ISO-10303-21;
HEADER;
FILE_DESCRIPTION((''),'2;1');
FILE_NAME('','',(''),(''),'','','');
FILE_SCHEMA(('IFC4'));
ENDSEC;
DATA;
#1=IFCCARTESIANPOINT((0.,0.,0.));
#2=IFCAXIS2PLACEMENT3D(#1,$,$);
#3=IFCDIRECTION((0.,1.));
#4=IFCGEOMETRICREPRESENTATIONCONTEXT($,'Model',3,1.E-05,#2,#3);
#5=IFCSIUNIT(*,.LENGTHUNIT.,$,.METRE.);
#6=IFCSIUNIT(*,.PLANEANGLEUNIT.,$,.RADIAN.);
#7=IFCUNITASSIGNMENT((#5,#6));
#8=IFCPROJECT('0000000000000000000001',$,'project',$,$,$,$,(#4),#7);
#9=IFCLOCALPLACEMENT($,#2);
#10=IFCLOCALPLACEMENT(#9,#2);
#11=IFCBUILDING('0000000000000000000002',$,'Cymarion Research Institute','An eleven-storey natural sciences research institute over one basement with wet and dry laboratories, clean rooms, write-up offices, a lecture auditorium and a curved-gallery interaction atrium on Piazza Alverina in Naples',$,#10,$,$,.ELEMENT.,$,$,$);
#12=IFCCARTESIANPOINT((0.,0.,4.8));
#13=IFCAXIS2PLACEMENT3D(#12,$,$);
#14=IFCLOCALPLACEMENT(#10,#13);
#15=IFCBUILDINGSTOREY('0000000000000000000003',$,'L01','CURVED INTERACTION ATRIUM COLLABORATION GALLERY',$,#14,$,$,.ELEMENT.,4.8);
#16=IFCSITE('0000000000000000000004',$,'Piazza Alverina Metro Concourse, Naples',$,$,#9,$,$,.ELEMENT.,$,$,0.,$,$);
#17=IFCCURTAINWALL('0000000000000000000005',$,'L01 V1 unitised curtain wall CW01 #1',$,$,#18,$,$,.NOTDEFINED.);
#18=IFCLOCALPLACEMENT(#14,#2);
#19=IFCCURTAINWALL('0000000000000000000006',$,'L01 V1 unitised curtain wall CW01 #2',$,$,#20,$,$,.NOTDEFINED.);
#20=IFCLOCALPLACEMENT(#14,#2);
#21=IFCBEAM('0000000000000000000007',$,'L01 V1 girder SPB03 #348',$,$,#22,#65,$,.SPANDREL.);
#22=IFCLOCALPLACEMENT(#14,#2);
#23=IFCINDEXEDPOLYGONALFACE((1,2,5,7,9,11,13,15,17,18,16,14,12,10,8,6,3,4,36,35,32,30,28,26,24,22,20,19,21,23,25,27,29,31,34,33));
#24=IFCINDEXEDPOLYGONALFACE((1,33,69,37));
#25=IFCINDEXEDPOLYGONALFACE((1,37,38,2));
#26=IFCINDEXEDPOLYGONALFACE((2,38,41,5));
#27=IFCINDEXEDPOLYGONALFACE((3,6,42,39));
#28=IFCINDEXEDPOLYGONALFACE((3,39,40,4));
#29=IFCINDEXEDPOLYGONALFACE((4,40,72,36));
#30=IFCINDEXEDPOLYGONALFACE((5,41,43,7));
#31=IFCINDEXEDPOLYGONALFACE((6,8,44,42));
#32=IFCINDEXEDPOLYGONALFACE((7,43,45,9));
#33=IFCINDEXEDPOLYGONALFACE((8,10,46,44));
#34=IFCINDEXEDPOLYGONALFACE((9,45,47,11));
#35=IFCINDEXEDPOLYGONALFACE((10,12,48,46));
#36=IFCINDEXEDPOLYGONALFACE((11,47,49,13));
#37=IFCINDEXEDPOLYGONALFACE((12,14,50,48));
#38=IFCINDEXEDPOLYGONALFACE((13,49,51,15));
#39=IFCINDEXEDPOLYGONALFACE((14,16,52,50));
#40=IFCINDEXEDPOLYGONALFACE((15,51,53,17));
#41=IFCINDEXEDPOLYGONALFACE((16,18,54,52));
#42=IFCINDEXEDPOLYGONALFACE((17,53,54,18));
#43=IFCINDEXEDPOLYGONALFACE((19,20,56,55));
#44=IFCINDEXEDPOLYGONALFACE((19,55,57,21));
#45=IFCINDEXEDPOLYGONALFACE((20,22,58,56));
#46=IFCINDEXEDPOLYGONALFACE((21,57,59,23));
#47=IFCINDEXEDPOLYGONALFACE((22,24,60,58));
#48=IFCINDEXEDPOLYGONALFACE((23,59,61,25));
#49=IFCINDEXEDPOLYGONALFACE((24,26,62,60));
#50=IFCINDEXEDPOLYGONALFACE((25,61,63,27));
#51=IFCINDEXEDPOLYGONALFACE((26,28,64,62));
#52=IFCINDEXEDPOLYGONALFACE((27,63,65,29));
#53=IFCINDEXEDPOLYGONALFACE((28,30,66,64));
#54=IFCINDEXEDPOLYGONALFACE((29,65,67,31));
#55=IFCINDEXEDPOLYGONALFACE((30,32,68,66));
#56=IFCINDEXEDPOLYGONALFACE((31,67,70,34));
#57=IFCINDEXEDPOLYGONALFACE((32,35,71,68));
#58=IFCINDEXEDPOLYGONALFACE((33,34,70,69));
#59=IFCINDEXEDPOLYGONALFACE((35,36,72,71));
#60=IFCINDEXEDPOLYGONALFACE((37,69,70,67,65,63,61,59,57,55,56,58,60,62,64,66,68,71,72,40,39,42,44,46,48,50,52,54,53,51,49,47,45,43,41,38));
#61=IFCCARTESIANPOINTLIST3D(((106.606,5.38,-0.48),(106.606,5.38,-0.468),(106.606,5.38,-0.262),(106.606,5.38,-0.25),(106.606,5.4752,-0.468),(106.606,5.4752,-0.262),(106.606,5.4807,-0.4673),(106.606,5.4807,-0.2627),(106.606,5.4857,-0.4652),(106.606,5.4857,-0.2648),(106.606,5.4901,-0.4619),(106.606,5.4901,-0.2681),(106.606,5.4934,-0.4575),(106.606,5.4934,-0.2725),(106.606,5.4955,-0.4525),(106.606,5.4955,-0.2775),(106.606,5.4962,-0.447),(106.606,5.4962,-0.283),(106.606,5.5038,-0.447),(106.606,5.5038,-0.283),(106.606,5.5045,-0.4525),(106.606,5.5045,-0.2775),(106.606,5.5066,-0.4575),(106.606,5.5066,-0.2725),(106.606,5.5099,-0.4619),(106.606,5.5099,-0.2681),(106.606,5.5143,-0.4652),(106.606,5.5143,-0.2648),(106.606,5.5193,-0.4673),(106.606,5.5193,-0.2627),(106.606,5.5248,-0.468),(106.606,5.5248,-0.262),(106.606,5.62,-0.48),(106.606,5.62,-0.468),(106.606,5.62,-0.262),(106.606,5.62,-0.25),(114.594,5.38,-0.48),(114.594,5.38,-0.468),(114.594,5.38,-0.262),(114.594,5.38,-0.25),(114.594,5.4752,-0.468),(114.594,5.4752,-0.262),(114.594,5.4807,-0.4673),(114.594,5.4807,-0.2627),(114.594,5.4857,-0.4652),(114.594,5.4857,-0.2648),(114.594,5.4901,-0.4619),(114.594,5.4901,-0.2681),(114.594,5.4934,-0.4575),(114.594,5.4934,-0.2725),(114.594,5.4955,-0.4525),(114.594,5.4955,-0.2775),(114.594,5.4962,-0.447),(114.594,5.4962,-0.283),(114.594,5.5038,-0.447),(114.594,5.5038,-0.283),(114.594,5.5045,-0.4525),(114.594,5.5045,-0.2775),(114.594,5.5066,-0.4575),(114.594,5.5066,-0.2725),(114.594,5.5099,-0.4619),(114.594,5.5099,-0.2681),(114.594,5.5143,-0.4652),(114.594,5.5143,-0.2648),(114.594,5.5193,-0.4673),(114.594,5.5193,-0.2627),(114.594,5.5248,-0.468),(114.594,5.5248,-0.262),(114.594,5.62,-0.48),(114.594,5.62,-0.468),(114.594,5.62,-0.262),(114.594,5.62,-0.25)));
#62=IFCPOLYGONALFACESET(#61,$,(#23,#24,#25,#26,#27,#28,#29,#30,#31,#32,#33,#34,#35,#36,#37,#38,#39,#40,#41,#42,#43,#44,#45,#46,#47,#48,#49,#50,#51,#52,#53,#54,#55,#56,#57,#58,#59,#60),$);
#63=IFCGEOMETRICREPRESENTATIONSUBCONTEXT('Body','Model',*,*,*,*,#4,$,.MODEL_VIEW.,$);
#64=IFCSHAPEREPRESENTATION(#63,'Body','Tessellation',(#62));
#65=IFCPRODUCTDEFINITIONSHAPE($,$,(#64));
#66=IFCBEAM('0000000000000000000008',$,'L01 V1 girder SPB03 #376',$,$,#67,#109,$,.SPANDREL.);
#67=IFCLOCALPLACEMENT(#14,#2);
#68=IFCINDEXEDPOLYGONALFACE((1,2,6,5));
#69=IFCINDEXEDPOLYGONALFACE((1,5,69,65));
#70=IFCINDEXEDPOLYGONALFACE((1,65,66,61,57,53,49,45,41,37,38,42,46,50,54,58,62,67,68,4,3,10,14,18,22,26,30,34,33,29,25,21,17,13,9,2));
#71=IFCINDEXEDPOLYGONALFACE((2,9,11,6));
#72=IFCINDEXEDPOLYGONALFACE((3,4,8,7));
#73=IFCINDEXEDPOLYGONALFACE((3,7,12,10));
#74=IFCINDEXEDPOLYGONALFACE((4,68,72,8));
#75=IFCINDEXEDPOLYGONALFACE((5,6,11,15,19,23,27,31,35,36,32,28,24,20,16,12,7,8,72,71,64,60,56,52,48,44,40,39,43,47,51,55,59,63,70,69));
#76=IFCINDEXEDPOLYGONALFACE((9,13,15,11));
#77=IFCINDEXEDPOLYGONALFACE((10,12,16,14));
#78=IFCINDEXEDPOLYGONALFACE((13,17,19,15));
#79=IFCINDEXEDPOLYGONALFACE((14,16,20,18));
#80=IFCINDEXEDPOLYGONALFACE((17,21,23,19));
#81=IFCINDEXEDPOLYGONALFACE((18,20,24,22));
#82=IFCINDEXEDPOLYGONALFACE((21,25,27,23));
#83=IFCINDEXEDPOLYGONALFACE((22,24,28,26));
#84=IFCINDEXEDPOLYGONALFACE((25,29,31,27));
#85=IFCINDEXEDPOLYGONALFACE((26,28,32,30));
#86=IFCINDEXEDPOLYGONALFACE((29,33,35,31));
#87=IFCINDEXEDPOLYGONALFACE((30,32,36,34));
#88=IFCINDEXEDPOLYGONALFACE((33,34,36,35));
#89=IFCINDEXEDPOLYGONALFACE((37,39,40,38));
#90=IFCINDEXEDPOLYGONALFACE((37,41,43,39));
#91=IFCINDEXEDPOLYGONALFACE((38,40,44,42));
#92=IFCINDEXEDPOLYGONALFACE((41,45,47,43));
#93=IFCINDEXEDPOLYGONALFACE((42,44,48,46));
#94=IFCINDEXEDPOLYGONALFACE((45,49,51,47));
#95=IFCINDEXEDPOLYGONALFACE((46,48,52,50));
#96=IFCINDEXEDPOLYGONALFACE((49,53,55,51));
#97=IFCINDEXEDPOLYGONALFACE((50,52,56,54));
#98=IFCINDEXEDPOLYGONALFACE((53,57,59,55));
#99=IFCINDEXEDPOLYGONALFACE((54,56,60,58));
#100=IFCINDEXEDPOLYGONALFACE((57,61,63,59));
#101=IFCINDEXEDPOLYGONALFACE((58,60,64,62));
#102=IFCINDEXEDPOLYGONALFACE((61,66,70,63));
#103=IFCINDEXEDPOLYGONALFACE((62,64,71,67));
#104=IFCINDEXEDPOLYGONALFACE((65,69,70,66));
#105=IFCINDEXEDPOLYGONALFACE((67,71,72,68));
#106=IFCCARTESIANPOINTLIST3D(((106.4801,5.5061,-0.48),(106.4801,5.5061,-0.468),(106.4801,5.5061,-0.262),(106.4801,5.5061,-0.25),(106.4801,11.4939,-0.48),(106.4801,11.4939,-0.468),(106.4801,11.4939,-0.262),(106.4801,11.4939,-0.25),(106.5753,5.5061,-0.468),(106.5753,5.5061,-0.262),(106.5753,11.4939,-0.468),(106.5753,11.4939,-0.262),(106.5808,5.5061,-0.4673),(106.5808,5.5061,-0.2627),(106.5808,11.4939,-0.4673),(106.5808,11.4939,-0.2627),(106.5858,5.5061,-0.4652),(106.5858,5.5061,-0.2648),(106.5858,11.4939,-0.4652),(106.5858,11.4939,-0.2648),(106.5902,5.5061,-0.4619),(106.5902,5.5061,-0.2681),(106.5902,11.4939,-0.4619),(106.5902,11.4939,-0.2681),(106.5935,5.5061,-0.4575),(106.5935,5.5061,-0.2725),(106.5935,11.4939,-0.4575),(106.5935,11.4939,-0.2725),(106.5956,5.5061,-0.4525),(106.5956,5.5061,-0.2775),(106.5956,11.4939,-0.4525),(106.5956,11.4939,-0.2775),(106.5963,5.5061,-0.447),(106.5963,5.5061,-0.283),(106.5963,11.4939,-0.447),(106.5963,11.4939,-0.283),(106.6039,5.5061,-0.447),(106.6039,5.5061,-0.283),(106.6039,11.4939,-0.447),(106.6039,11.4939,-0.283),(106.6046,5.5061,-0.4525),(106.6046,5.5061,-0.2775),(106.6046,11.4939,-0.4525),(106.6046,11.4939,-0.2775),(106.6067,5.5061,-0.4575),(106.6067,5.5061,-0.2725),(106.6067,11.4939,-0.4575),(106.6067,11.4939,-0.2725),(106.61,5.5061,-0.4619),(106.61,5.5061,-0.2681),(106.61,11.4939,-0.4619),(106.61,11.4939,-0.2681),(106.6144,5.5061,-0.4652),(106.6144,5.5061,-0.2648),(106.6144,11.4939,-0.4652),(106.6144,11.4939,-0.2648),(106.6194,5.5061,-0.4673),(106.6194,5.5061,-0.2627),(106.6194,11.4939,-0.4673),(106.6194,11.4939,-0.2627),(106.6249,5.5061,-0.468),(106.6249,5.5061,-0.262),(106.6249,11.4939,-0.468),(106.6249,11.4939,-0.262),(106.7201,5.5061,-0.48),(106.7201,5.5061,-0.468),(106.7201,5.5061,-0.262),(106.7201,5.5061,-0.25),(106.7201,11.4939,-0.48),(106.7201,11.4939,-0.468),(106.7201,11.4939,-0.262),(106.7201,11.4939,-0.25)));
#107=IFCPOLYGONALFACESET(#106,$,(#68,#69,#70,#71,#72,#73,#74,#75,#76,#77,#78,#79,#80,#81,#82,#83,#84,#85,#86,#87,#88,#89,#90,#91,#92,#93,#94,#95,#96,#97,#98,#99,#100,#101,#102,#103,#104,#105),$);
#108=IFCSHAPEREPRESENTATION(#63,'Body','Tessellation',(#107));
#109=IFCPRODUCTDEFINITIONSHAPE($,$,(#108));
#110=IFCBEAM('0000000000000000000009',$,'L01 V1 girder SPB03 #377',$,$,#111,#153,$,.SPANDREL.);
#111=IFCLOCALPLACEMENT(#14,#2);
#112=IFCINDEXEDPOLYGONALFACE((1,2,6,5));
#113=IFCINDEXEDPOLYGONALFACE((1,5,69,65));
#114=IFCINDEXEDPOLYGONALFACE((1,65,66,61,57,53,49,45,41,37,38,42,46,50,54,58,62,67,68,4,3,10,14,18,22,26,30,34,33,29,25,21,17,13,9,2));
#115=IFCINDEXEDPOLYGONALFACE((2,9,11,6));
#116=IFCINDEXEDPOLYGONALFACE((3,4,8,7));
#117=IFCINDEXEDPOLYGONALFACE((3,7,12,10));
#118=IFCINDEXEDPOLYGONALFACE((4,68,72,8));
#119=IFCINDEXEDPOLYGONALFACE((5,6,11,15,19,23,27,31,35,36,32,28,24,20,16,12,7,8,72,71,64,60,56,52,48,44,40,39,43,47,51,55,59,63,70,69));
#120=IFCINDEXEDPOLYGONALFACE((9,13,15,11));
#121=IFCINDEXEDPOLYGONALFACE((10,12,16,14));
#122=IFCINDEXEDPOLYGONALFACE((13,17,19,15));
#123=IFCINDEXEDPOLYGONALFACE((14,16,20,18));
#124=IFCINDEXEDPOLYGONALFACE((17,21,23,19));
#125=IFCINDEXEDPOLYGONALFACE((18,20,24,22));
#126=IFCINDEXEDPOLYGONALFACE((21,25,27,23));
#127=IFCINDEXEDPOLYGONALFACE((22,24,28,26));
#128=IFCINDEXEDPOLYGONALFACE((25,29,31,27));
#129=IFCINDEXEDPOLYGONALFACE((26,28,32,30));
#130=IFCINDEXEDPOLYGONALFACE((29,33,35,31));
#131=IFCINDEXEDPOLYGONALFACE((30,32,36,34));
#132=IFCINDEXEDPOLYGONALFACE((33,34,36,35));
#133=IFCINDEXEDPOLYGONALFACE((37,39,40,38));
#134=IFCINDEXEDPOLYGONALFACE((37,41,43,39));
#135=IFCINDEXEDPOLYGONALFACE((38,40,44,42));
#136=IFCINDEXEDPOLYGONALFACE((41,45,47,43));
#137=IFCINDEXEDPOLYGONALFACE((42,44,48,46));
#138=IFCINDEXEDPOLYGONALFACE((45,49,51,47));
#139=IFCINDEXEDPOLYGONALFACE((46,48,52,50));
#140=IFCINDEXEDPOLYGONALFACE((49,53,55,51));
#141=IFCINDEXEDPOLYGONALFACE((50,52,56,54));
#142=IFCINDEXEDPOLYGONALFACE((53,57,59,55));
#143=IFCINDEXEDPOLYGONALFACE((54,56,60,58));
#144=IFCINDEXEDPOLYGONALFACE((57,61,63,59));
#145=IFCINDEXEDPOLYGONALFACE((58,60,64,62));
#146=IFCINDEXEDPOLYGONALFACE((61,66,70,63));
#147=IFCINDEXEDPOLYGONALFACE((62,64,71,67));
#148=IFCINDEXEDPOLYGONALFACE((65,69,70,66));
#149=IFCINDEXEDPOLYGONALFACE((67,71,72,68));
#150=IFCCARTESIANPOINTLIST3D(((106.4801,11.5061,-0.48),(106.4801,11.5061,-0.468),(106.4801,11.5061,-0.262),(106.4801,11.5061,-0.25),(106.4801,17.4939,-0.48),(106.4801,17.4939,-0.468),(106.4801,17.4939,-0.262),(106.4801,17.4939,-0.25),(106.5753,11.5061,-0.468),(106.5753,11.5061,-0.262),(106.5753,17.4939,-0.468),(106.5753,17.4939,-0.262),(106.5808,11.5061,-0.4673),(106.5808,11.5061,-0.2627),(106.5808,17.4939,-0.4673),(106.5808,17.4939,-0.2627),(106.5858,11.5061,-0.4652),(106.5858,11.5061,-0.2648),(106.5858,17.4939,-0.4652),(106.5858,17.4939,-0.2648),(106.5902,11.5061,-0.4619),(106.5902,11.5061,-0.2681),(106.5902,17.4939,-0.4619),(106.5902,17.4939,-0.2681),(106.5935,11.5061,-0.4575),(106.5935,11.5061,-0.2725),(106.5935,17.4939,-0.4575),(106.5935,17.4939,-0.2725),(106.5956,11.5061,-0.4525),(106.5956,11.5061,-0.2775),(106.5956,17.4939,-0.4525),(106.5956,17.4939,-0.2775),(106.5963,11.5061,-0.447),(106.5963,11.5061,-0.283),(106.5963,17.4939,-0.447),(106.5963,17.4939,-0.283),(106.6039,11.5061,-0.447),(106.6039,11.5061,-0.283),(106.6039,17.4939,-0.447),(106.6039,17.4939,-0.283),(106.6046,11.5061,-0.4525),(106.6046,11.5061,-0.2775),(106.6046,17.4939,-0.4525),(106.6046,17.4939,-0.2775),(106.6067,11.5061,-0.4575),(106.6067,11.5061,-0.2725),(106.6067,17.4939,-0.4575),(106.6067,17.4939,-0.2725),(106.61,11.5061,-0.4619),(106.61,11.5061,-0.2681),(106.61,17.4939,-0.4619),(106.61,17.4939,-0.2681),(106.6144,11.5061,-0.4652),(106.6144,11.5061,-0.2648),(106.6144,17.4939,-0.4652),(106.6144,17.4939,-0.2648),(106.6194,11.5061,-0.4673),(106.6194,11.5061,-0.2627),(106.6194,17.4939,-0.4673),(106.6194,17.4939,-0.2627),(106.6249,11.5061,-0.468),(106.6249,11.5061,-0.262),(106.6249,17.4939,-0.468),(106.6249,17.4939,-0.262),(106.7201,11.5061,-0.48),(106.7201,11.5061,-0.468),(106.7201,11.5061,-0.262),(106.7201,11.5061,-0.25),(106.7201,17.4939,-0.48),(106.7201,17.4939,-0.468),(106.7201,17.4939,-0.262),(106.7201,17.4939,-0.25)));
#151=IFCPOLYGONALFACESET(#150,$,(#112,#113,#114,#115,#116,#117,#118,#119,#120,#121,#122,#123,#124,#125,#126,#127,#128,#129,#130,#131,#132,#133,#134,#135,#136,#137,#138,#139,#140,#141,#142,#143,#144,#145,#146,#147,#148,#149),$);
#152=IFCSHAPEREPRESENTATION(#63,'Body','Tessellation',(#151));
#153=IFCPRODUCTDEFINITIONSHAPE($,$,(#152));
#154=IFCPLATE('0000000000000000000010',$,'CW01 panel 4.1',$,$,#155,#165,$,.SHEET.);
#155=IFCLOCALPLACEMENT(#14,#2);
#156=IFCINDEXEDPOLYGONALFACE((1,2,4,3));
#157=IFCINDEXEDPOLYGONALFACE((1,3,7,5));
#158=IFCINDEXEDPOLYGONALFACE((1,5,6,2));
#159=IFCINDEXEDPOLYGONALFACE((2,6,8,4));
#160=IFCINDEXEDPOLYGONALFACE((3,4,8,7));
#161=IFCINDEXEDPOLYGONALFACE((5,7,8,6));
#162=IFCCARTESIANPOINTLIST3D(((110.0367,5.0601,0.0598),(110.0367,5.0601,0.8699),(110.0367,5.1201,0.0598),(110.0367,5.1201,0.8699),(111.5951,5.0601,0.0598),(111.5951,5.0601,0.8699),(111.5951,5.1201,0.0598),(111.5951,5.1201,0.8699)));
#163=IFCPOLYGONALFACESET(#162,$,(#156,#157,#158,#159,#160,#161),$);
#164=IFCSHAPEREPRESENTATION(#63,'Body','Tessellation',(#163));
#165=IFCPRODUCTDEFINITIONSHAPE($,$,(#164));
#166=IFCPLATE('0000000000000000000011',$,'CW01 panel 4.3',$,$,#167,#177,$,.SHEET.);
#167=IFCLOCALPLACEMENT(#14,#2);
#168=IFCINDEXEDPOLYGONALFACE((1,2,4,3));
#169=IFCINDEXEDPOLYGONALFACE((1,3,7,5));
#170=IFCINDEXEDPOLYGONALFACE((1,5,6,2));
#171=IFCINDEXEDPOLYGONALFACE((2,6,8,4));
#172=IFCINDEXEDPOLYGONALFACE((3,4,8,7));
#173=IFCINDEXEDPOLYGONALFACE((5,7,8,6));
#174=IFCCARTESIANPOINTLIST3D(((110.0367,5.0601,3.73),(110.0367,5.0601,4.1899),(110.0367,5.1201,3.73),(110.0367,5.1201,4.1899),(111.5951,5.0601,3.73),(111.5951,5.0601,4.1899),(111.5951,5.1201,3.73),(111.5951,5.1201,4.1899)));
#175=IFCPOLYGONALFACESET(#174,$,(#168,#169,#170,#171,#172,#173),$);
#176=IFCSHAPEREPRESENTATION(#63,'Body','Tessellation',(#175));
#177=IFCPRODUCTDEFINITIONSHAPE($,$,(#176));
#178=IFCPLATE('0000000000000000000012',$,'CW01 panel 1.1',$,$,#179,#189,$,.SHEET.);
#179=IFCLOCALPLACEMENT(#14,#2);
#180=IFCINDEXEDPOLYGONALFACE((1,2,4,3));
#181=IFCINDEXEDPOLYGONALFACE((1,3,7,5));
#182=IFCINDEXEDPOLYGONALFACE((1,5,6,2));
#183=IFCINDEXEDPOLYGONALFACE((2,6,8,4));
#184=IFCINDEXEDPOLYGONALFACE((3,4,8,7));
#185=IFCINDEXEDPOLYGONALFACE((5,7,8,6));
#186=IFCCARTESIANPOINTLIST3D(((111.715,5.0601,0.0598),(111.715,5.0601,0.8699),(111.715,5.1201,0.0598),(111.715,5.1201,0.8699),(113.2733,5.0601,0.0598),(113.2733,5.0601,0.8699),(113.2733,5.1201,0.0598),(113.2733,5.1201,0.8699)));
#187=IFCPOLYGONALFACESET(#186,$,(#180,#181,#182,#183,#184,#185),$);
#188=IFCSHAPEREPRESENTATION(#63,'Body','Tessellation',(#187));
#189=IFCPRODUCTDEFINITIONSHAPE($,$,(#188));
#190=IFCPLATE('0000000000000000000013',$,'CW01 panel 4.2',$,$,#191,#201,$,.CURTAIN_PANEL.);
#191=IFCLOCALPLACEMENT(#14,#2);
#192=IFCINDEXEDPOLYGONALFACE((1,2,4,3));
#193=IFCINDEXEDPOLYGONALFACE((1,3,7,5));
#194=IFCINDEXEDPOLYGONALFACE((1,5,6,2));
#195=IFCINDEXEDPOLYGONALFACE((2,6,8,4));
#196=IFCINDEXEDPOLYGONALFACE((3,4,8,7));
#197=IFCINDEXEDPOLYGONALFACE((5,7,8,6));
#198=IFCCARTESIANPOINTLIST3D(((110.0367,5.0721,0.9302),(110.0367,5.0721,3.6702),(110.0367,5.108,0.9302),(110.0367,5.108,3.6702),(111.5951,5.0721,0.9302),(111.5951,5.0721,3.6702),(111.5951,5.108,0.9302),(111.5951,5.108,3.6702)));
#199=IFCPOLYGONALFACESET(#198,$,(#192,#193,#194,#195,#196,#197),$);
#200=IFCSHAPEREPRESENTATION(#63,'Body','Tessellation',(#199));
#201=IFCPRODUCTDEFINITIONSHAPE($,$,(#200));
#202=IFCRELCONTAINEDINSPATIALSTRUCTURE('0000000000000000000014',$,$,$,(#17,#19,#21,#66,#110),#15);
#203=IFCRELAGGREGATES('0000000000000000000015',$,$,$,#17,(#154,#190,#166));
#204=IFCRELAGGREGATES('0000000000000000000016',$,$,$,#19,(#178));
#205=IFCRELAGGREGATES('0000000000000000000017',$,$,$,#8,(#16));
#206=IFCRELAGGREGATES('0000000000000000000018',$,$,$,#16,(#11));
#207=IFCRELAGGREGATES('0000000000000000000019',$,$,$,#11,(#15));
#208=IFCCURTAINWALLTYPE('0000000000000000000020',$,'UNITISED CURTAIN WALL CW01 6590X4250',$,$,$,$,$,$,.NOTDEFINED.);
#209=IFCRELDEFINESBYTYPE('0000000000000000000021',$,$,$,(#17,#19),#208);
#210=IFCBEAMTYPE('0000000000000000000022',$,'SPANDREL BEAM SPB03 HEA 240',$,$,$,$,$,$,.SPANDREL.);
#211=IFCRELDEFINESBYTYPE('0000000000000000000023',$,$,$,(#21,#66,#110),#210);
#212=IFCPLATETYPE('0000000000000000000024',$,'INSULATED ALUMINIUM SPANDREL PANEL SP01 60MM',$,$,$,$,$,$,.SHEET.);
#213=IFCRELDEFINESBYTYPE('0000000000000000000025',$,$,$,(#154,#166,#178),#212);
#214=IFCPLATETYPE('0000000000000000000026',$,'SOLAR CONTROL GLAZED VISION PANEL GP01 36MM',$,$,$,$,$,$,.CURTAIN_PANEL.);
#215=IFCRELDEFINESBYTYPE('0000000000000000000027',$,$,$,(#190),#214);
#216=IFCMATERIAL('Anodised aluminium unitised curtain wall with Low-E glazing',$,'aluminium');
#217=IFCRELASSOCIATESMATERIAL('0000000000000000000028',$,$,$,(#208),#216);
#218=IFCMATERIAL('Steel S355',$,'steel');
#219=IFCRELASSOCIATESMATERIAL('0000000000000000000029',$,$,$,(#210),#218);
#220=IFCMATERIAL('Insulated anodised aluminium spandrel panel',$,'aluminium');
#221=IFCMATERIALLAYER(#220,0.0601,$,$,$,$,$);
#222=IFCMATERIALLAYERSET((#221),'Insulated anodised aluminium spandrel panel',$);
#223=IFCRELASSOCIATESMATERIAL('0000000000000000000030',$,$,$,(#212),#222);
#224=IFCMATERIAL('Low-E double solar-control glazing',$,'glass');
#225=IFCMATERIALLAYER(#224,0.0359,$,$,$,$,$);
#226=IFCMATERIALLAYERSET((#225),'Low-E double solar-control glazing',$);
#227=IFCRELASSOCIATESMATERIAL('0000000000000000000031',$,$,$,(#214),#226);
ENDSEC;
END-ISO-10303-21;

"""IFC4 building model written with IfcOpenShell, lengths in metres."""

from ifc_helpers import new_model, si_unit, direction, frame, origin, origin_2d, place, context, subcontext, project, spatial, rectangle, i_section, extrude, material, layer, layer_set, material_profile, profile_set, type_object, element, aggregate, save


model = new_model("IFC4")

# Units and contexts
model_context = context("Model", 3, precision=1e-05, world=origin(), true_north=direction((0.0, 1.0)))
body_context = subcontext(model_context, "Body", "Model", "MODEL_VIEW")
ifc_project = project(units=[si_unit("LENGTHUNIT", "METRE"), si_unit("PLANEANGLEUNIT", "RADIAN")], contexts=[model_context])

# Site, building, storey
site_placement = place(None, origin())
site = spatial("IfcSite", under=ifc_project, at=site_placement, Name="Piazza Alverina Metro Concourse, Naples", CompositionType="ELEMENT", RefElevation=0.0)
building_placement = place(site_placement, origin())
building = spatial("IfcBuilding", under=site, at=building_placement, Name="Cymarion Research Institute", Description="An eleven-storey natural sciences research institute over one basement with wet and dry laboratories, clean rooms, write-up offices, a lecture auditorium and a curved-gallery interaction atrium on Piazza Alverina in Naples", CompositionType="ELEMENT")
storey_placement = place(building_placement, frame((0.0, 0.0, 4.8)))
storey = spatial("IfcBuildingStorey", under=building, at=storey_placement, Name="L01", Description="CURVED INTERACTION ATRIUM COLLABORATION GALLERY", CompositionType="ELEMENT", Elevation=4.8)

# Shared definitions
ifc_material_1 = material(Name="Steel S355", Category="steel")

# Curtain walls
ifc_material_2 = material(Name="Anodised aluminium unitised curtain wall with Low-E glazing", Category="aluminium")
curtain_wall_type = type_object("IfcCurtainWallType", Name="UNITISED CURTAIN WALL CW01 6590X4250", PredefinedType="NOTDEFINED", material=ifc_material_2)
curtain_wall_1_placement = place(storey_placement, origin())
curtain_wall_1 = element("IfcCurtainWall", 1, at=curtain_wall_1_placement, inside=storey, type_object=curtain_wall_type, Name="L01 V1 unitised curtain wall CW01 #1", PredefinedType="NOTDEFINED")
curtain_wall_2_placement = place(storey_placement, origin())
curtain_wall_2 = element("IfcCurtainWall", 2, at=curtain_wall_2_placement, inside=storey, type_object=curtain_wall_type, Name="L01 V1 unitised curtain wall CW01 #2", PredefinedType="NOTDEFINED")

# Beams
ifc_material_profile_1 = material_profile(ifc_material_1, i_section(OverallWidth=0.24, OverallDepth=0.23, WebThickness=0.0076, FlangeThickness=0.012, FilletRadius=0.021, at=origin_2d()), Name="HEA 240")
ifc_profile_set_1 = profile_set([ifc_material_profile_1], Name="Steel S355")
beam_type_1 = type_object("IfcBeamType", Name="SPANDREL BEAM SPB03 HEA 240", PredefinedType="SPANDREL", material=ifc_profile_set_1)
beam_placement = place(storey_placement, frame((106.606, 5.5, -0.365), z_axis=(1.0, 0.0, 0.0), x_axis=(0.0, 1.0, 0.0)))
element("IfcBeam", 3, at=beam_placement, inside=storey, type_object=beam_type_1, Name="L01 V1 girder SPB03 #348", PredefinedType="SPANDREL", context=body_context, shape_type="SweptSolid", body=[
    extrude(i_section(OverallWidth=0.24, OverallDepth=0.23, WebThickness=0.0076, FlangeThickness=0.012, FilletRadius=0.021, at=origin_2d()), origin(), (0.0, 0.0, 1.0), 7.988),
])
for number, where, z_axis, x_axis, name in (
    (4, (106.6001, 5.5061, -0.365), (0.0, 1.0, 0.0), (-1.0, 0.0, 0.0), "L01 V1 girder SPB03 #376"),
    (5, (106.6001, 11.5061, -0.365), (0.0, 1.0, 0.0), (-1.0, 0.0, 0.0), "L01 V1 girder SPB03 #377"),
):
    element("IfcBeam", number, at=place(storey_placement, frame(where, z_axis=z_axis, x_axis=x_axis)), inside=storey, type_object=beam_type_1, Name=name, PredefinedType="SPANDREL", context=body_context, shape_type="SweptSolid", body=[
        extrude(i_section(OverallWidth=0.24, OverallDepth=0.23, WebThickness=0.0076, FlangeThickness=0.012, FilletRadius=0.021, at=origin_2d()), origin(), (0.0, 0.0, 1.0), 5.9878),
    ])

# Plates
ifc_material_3 = material(Name="Insulated anodised aluminium spandrel panel", Category="aluminium")
ifc_layer_1 = layer(ifc_material_3, 0.0601)
ifc_layer_set_1 = layer_set([ifc_layer_1], Name="Insulated anodised aluminium spandrel panel")
plate_type_1 = type_object("IfcPlateType", Name="INSULATED ALUMINIUM SPANDREL PANEL SP01 60MM", PredefinedType="SHEET", material=ifc_layer_set_1)
plate_1_placement = place(storey_placement, frame((110.8159, 5.0901, 0.0598), z_axis=(0.0, 0.0, 1.0), x_axis=(1.0, 0.0, 0.0)))
plate_1 = element("IfcPlate", 6, at=plate_1_placement, type_object=plate_type_1, Name="CW01 panel 4.1", PredefinedType="SHEET", context=body_context, shape_type="SweptSolid", body=[
    extrude(rectangle(XDim=1.5583, YDim=0.0601, at=origin_2d()), origin(), (0.0, 0.0, 1.0), 0.8101),
])
plate_2_placement = place(storey_placement, frame((110.8159, 5.0901, 3.73), z_axis=(0.0, 0.0, 1.0), x_axis=(1.0, 0.0, 0.0)))
plate_2 = element("IfcPlate", 7, at=plate_2_placement, type_object=plate_type_1, Name="CW01 panel 4.3", PredefinedType="SHEET", context=body_context, shape_type="SweptSolid", body=[
    extrude(rectangle(XDim=1.5583, YDim=0.0601, at=origin_2d()), origin(), (0.0, 0.0, 1.0), 0.46),
])
plate_3_placement = place(storey_placement, frame((112.4941, 5.0901, 0.0598), z_axis=(0.0, 0.0, 1.0), x_axis=(1.0, 0.0, 0.0)))
plate_3 = element("IfcPlate", 8, at=plate_3_placement, type_object=plate_type_1, Name="CW01 panel 1.1", PredefinedType="SHEET", context=body_context, shape_type="SweptSolid", body=[
    extrude(rectangle(XDim=1.5583, YDim=0.0601, at=origin_2d()), origin(), (0.0, 0.0, 1.0), 0.8101),
])
ifc_material_4 = material(Name="Low-E double solar-control glazing", Category="glass")
ifc_layer_2 = layer(ifc_material_4, 0.0359)
ifc_layer_set_2 = layer_set([ifc_layer_2], Name="Low-E double solar-control glazing")
plate_type_2 = type_object("IfcPlateType", Name="SOLAR CONTROL GLAZED VISION PANEL GP01 36MM", PredefinedType="CURTAIN_PANEL", material=ifc_layer_set_2)
plate_4_placement = place(storey_placement, frame((110.8159, 5.0901, 0.9302), z_axis=(0.0, 0.0, 1.0), x_axis=(1.0, 0.0, 0.0)))
plate_4 = element("IfcPlate", 9, at=plate_4_placement, type_object=plate_type_2, Name="CW01 panel 4.2", PredefinedType="CURTAIN_PANEL", context=body_context, shape_type="SweptSolid", body=[
    extrude(rectangle(XDim=1.5583, YDim=0.0359, at=origin_2d()), origin(), (0.0, 0.0, 1.0), 2.74),
])
aggregate(curtain_wall_1, [plate_1, plate_4, plate_2])
aggregate(curtain_wall_2, [plate_3])

save(model, "model.ifc")
